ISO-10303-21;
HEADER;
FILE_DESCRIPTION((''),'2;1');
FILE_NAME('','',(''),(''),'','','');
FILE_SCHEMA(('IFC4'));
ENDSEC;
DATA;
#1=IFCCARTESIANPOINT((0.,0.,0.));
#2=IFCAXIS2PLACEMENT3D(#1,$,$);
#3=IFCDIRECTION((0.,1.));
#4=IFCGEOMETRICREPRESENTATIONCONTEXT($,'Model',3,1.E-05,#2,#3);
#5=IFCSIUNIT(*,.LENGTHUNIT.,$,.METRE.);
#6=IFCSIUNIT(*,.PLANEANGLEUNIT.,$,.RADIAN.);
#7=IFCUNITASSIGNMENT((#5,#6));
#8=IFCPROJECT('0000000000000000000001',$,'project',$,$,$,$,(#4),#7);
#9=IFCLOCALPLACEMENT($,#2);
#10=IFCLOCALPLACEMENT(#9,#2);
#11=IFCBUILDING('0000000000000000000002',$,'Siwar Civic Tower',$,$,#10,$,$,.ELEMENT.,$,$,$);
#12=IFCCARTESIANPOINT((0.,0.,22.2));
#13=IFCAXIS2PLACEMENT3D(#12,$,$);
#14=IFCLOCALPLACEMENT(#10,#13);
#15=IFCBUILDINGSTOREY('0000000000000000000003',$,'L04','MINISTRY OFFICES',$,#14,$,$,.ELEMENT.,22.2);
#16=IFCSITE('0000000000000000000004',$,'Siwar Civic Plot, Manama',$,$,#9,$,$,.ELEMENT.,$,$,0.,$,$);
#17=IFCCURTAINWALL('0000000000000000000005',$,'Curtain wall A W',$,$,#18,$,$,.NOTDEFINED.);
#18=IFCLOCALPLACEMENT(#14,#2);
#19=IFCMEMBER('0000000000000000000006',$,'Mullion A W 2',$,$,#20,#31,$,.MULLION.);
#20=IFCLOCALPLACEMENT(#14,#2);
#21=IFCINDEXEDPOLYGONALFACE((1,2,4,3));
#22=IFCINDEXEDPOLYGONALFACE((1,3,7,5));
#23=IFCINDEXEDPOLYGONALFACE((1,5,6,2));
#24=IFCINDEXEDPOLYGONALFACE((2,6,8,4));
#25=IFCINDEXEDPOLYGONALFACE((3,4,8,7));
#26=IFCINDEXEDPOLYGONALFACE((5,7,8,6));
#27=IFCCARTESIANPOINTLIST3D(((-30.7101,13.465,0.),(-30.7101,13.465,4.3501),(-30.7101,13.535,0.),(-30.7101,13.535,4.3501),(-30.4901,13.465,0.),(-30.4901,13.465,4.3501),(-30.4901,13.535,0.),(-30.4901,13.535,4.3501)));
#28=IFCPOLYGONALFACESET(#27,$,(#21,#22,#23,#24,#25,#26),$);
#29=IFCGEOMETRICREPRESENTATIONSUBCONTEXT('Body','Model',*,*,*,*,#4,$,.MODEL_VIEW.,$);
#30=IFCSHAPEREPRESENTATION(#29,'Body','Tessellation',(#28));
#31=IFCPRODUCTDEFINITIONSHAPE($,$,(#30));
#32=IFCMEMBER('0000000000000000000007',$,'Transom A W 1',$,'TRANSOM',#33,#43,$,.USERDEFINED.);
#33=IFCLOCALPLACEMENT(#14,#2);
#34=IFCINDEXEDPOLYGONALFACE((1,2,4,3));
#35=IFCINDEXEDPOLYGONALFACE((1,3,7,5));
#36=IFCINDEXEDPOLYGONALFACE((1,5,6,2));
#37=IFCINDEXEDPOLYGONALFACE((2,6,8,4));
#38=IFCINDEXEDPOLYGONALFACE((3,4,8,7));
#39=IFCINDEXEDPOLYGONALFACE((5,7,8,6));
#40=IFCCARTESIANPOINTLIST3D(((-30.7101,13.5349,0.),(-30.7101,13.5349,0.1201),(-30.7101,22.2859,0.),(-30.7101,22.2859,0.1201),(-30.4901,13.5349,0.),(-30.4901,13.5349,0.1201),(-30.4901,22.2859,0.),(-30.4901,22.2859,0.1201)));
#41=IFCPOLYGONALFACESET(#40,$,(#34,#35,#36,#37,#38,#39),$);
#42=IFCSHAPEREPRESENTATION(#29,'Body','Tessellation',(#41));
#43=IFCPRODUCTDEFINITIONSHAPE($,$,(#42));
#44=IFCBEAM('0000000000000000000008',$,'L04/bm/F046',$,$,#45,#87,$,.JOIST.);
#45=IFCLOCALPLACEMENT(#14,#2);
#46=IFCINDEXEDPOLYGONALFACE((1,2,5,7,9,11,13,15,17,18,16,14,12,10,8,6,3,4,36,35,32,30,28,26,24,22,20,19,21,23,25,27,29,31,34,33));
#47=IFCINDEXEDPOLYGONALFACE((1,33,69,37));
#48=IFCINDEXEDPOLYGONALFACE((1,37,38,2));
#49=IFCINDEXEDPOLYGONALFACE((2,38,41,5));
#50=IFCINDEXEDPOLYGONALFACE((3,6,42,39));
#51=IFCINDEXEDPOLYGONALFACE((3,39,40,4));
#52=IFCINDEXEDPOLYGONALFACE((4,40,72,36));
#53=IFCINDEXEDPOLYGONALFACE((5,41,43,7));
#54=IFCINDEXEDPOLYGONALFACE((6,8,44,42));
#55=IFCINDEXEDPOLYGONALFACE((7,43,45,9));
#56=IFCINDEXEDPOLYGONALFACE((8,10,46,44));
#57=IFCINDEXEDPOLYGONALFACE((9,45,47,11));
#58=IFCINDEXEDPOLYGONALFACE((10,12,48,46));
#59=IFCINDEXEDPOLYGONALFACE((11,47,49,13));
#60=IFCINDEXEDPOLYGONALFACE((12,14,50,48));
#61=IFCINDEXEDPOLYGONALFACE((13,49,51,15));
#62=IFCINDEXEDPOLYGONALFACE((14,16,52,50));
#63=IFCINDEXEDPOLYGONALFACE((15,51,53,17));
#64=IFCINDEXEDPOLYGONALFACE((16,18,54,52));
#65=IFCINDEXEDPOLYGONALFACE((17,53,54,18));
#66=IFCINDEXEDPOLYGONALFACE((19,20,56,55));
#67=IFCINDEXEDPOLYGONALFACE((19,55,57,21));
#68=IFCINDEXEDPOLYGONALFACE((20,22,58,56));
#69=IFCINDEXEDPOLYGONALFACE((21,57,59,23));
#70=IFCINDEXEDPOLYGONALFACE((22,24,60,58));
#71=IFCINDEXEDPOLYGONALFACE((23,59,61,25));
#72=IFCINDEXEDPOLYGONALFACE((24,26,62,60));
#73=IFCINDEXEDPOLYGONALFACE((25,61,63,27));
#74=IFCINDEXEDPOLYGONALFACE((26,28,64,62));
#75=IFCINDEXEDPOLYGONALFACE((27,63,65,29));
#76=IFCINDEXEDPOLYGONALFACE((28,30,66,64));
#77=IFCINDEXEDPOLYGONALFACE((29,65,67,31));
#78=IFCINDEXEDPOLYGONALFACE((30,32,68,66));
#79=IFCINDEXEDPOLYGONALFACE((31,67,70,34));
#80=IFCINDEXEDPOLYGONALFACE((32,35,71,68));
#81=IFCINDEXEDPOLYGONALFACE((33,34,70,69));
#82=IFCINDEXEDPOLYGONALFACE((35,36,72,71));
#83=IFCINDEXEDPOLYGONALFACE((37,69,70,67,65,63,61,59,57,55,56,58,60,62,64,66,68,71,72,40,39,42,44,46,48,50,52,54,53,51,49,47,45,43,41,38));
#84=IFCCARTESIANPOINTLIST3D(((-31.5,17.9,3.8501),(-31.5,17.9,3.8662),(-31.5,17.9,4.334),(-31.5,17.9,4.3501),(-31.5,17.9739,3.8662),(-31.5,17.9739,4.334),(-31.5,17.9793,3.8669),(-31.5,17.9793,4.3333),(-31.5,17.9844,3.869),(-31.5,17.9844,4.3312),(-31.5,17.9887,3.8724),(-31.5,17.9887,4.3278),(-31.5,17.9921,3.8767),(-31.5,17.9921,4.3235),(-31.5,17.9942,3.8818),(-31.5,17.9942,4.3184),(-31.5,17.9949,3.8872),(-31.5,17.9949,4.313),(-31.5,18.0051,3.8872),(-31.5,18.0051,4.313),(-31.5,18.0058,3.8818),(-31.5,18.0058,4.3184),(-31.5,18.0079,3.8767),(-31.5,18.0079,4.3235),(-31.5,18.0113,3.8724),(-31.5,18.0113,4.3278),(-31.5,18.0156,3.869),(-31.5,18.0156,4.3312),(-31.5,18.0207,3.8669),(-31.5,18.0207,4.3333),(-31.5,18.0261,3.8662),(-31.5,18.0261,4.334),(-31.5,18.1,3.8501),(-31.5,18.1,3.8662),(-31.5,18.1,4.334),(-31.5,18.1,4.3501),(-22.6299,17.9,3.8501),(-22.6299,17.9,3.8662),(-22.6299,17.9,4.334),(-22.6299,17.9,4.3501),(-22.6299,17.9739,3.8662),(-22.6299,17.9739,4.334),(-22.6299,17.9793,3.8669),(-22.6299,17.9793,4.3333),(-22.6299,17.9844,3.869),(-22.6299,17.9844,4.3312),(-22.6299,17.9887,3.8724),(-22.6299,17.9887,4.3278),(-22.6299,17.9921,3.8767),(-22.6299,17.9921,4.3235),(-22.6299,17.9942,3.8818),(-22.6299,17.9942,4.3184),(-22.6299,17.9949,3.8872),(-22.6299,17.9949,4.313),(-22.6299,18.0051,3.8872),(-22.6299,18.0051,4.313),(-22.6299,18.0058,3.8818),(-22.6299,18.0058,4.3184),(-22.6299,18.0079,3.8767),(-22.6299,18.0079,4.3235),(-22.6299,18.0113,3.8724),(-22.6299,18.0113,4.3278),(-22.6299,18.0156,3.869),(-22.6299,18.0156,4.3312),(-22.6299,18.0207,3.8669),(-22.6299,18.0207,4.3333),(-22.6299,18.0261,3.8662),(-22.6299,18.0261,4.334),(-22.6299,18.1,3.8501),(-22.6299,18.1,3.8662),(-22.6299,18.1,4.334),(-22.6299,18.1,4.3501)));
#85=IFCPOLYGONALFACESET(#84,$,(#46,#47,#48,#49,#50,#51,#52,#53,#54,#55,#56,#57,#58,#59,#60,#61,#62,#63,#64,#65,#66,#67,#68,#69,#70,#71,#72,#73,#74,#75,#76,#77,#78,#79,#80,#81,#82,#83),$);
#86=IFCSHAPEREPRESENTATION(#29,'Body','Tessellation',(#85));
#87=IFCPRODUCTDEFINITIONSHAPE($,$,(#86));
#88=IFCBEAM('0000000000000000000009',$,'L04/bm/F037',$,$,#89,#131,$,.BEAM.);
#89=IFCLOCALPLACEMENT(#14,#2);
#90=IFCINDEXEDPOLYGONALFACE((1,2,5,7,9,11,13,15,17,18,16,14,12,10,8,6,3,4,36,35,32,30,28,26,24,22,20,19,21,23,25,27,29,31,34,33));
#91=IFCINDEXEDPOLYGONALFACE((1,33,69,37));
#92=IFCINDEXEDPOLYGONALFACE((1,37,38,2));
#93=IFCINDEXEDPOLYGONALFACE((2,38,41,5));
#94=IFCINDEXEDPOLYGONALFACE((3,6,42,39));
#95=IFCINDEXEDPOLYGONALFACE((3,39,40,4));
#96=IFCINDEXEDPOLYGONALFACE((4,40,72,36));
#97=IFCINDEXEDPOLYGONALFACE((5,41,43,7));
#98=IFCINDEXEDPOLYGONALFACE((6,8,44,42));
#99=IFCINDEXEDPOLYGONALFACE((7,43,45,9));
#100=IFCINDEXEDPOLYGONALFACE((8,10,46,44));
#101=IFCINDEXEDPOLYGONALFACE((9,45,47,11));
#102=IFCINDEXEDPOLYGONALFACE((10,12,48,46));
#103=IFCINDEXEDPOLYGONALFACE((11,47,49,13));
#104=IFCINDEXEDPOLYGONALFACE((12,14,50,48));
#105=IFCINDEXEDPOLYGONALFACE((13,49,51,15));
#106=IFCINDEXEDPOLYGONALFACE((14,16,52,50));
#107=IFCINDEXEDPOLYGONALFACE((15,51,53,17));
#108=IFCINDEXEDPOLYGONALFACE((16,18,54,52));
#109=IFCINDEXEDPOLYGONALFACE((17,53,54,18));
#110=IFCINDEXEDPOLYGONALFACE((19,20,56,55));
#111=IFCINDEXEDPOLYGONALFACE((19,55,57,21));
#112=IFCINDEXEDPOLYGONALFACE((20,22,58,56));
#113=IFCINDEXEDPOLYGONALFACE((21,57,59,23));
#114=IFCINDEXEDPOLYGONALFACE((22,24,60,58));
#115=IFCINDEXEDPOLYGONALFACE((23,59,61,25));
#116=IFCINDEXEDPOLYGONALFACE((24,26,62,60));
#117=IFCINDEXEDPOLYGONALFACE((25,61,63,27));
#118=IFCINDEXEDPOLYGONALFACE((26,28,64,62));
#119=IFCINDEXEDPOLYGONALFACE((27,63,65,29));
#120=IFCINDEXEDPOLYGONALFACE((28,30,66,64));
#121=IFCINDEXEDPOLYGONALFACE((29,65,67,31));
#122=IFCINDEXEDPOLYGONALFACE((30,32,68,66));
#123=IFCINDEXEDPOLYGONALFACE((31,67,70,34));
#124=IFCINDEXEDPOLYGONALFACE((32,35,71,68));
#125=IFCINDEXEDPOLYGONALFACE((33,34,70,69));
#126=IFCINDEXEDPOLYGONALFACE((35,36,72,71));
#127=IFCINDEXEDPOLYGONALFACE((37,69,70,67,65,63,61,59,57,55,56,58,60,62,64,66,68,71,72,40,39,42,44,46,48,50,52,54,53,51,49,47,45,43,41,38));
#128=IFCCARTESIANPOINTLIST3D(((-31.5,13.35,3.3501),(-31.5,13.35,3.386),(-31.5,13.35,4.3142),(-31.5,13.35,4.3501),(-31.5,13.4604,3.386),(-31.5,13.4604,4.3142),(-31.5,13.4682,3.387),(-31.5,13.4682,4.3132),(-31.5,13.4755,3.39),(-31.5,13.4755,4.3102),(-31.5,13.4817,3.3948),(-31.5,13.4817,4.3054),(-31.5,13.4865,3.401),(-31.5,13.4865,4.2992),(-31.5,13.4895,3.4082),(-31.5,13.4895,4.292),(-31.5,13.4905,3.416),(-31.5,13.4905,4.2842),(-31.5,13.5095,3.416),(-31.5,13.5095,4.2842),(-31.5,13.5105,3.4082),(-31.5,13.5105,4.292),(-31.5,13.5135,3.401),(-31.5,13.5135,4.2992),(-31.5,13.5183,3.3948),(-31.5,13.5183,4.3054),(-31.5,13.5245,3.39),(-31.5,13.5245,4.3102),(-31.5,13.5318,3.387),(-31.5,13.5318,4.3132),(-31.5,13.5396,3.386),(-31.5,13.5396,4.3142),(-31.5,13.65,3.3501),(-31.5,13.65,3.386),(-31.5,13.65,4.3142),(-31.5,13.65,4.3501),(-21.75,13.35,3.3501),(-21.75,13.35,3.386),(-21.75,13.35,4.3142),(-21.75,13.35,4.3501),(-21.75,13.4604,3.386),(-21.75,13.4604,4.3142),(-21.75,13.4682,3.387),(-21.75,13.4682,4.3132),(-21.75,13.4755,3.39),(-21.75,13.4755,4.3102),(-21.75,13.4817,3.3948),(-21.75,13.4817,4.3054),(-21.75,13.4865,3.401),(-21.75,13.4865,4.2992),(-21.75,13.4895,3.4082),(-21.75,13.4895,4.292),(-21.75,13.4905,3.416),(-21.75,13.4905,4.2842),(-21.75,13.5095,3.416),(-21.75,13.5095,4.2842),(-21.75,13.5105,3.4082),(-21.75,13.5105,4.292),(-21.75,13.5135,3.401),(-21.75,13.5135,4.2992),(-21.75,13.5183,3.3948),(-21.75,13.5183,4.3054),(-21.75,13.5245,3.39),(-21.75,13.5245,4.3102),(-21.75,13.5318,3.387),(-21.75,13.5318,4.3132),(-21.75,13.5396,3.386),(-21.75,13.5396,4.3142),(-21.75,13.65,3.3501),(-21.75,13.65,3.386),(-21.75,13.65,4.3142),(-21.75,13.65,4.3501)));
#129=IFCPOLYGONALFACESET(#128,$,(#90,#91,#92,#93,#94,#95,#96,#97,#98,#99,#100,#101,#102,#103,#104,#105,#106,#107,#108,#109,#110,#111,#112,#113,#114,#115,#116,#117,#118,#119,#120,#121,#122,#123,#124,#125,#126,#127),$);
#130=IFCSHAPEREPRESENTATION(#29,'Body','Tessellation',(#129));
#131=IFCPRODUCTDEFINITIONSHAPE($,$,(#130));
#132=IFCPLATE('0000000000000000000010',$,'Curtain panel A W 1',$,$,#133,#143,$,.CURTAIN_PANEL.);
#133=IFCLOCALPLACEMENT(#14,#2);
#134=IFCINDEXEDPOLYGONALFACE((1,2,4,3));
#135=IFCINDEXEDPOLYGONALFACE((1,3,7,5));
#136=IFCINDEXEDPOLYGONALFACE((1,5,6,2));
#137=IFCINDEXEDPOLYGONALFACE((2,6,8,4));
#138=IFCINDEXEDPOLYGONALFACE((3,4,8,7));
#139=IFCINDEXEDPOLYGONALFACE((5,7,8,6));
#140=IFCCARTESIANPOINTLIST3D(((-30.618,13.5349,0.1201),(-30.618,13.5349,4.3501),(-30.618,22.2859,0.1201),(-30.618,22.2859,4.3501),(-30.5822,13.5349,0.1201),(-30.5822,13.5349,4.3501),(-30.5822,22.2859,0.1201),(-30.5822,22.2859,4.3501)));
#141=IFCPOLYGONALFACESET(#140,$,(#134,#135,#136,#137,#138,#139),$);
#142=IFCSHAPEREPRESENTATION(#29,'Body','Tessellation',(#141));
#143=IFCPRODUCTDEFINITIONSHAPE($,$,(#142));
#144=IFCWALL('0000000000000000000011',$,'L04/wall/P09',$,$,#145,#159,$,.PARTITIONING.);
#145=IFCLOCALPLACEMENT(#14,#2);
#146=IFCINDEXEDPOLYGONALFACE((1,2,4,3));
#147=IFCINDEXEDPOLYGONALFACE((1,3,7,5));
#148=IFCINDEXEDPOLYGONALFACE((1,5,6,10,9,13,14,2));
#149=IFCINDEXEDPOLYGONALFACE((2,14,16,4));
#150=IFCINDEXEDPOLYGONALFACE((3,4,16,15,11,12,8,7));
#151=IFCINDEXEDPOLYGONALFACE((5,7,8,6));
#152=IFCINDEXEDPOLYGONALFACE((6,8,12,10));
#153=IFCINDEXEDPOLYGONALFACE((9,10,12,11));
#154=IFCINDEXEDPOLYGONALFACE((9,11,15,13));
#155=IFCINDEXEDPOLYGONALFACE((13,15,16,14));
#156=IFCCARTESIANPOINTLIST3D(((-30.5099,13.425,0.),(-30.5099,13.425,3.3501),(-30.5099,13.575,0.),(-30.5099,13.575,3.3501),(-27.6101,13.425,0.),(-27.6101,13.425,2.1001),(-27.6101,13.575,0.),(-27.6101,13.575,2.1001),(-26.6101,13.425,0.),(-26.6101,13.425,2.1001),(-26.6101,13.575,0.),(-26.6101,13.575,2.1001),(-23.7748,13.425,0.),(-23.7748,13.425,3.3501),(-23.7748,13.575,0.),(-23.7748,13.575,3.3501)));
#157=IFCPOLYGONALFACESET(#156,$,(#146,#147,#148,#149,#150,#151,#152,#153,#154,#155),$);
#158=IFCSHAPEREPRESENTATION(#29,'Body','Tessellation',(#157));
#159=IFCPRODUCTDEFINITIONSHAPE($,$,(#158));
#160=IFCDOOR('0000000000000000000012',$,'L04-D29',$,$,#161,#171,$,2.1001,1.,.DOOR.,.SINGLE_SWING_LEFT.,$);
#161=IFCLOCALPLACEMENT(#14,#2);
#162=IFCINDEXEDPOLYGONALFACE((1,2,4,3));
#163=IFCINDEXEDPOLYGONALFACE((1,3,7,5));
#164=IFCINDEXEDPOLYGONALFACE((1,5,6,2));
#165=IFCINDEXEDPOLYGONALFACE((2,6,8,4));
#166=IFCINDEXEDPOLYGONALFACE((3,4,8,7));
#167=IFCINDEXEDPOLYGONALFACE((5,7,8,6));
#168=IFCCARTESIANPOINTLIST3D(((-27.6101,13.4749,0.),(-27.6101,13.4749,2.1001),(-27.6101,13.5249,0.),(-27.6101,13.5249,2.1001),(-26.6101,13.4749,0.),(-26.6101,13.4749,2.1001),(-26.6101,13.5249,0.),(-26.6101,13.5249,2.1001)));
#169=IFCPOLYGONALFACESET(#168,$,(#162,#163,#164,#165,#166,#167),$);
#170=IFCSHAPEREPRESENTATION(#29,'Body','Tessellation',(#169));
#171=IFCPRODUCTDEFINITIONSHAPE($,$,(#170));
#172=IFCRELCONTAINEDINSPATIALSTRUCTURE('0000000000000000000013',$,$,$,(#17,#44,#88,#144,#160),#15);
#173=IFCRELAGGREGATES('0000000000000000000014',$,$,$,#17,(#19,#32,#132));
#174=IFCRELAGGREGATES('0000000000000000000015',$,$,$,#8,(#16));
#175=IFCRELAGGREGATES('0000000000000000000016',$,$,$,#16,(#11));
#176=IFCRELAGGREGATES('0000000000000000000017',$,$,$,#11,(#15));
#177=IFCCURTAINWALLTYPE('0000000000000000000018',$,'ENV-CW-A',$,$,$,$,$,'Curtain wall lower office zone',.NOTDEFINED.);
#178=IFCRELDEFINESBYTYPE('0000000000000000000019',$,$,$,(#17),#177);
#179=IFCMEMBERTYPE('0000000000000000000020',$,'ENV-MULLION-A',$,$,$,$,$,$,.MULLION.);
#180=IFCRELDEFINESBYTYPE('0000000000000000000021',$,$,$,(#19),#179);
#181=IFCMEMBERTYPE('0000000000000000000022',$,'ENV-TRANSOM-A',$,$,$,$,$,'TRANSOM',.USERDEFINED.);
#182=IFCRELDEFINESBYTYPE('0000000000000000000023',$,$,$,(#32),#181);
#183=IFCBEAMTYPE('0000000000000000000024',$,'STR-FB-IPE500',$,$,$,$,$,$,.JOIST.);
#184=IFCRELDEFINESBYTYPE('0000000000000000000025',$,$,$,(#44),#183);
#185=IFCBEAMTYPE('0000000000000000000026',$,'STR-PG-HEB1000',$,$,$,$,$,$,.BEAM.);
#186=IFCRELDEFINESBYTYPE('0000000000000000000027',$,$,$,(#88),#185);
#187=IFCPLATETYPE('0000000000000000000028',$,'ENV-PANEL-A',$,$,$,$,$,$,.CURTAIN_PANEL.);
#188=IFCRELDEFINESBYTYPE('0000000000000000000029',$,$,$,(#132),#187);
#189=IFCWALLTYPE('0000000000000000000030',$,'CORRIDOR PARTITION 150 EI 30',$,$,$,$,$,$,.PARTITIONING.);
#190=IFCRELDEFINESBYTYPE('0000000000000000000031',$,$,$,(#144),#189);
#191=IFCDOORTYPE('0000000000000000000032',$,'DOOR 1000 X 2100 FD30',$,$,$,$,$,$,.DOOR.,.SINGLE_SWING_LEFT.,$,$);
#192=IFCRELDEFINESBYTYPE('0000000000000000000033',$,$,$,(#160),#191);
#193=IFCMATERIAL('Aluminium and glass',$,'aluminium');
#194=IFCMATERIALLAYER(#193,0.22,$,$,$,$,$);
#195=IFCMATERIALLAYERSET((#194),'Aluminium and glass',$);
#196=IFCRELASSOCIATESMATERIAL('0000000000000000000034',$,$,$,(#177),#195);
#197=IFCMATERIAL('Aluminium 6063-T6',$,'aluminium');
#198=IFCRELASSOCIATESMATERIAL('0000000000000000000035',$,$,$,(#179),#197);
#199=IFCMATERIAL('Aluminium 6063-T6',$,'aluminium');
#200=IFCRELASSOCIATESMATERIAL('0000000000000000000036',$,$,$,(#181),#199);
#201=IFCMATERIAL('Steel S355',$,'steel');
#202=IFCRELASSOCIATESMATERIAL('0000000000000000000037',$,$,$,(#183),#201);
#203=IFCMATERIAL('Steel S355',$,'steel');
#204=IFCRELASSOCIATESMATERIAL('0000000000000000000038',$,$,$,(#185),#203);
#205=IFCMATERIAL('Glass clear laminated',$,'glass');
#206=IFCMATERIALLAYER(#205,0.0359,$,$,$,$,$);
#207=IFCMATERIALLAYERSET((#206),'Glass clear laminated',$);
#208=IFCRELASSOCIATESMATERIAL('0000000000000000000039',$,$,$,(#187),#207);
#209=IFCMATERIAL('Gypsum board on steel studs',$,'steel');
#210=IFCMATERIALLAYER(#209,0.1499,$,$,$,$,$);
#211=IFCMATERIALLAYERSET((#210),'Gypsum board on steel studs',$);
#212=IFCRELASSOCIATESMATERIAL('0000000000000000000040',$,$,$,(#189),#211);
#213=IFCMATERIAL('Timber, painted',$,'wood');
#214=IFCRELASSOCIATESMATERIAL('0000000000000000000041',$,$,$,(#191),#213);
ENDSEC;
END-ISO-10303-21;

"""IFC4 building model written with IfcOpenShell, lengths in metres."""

from ifc_helpers import new_model, si_unit, direction, frame, frame_2d, origin, origin_2d, place, context, subcontext, project, spatial, rectangle, i_section, extrude, material, layer, layer_set, material_profile, profile_set, type_object, element, fill, aggregate, save


model = new_model("IFC4")

# Units and contexts
model_context = context("Model", 3, precision=1e-05, world=origin(), true_north=direction((0.0, 1.0)))
body_context = subcontext(model_context, "Body", "Model", "MODEL_VIEW")
ifc_project = project(units=[si_unit("LENGTHUNIT", "METRE"), si_unit("PLANEANGLEUNIT", "RADIAN")], contexts=[model_context])

# Site, building, storey
site_placement = place(None, origin())
site = spatial("IfcSite", under=ifc_project, at=site_placement, Name="Siwar Civic Plot, Manama", CompositionType="ELEMENT", RefElevation=0.0)
building_placement = place(site_placement, origin())
building = spatial("IfcBuilding", under=site, at=building_placement, Name="Siwar Civic Tower", CompositionType="ELEMENT")
storey_placement = place(building_placement, frame((0.0, 0.0, 22.2)))
storey = spatial("IfcBuildingStorey", under=building, at=storey_placement, Name="L04", Description="MINISTRY OFFICES", CompositionType="ELEMENT", Elevation=22.2)

# Curtain wall, members
ifc_material_1 = material(Name="Aluminium and glass", Category="aluminium")
ifc_layer_1 = layer(ifc_material_1, 0.22)
ifc_layer_set_1 = layer_set([ifc_layer_1], Name="Aluminium and glass")
curtain_wall_type = type_object("IfcCurtainWallType", Name="ENV-CW-A", ElementType="Curtain wall lower office zone", PredefinedType="NOTDEFINED", material=ifc_layer_set_1)
curtain_wall_placement = place(storey_placement, origin())
curtain_wall = element("IfcCurtainWall", 1, at=curtain_wall_placement, inside=storey, type_object=curtain_wall_type, Name="Curtain wall A W", PredefinedType="NOTDEFINED")
ifc_material_2 = material(Name="Aluminium 6063-T6", Category="aluminium")
ifc_material_profile_1 = material_profile(ifc_material_2, rectangle(XDim=0.22, YDim=0.0701, at=origin_2d()), Name="AL 220x70")
ifc_profile_set_1 = profile_set([ifc_material_profile_1], Name="Aluminium 6063-T6")
member_type_1 = type_object("IfcMemberType", Name="ENV-MULLION-A", PredefinedType="MULLION", material=ifc_profile_set_1)
member_1_placement = place(storey_placement, frame((-30.6001, 13.5, 0.0), z_axis=(0.0, 0.0, 1.0), x_axis=(1.0, 0.0, 0.0)))
member_1 = element("IfcMember", 2, at=member_1_placement, type_object=member_type_1, Name="Mullion A W 2", PredefinedType="MULLION", context=body_context, shape_type="SweptSolid", body=[
    extrude(rectangle(XDim=0.22, YDim=0.0701, at=origin_2d()), origin(), (0.0, 0.0, 1.0), 4.3501),
])
ifc_material_3 = material(Name="Aluminium 6063-T6", Category="aluminium")
ifc_material_profile_2 = material_profile(ifc_material_3, rectangle(XDim=0.22, YDim=0.1201, at=origin_2d()), Name="AL 220x120")
ifc_profile_set_2 = profile_set([ifc_material_profile_2], Name="Aluminium 6063-T6")
member_type_2 = type_object("IfcMemberType", Name="ENV-TRANSOM-A", ElementType="TRANSOM", PredefinedType="USERDEFINED", material=ifc_profile_set_2)
member_2_placement = place(storey_placement, frame((-30.6001, 22.2859, 0.0601), z_axis=(0.0, -1.0, 0.0), x_axis=(1.0, 0.0, 0.0)))
member_2 = element("IfcMember", 3, at=member_2_placement, type_object=member_type_2, Name="Transom A W 1", ObjectType="TRANSOM", PredefinedType="USERDEFINED", context=body_context, shape_type="SweptSolid", body=[
    extrude(rectangle(XDim=0.22, YDim=0.1201, at=origin_2d()), origin(), (0.0, 0.0, 1.0), 8.751),
])

# Beams
ifc_material_4 = material(Name="Steel S355", Category="steel")
ifc_material_profile_3 = material_profile(ifc_material_4, i_section(OverallWidth=0.2, OverallDepth=0.5, WebThickness=0.0103, FlangeThickness=0.0161, FilletRadius=0.021, at=origin_2d()), Name="IPE500")
ifc_profile_set_3 = profile_set([ifc_material_profile_3], Name="Steel S355")
beam_type_1 = type_object("IfcBeamType", Name="STR-FB-IPE500", PredefinedType="JOIST", material=ifc_profile_set_3)
beam_1_placement = place(storey_placement, frame((-31.5, 18.0, 4.1001), z_axis=(1.0, 0.0, 0.0), x_axis=(0.0, 1.0, 0.0)))
element("IfcBeam", 4, at=beam_1_placement, inside=storey, type_object=beam_type_1, Name="L04/bm/F046", PredefinedType="JOIST", context=body_context, shape_type="SweptSolid", body=[
    extrude(i_section(OverallWidth=0.2, OverallDepth=0.5, WebThickness=0.0103, FlangeThickness=0.0161, FilletRadius=0.021, at=origin_2d()), origin(), (0.0, 0.0, 1.0), 8.8701),
])
ifc_material_5 = material(Name="Steel S355", Category="steel")
ifc_material_profile_4 = material_profile(ifc_material_5, i_section(OverallWidth=0.3, OverallDepth=1.0, WebThickness=0.019, FlangeThickness=0.0359, FilletRadius=0.03, at=origin_2d()), Name="HEB1000")
ifc_profile_set_4 = profile_set([ifc_material_profile_4], Name="Steel S355")
beam_type_2 = type_object("IfcBeamType", Name="STR-PG-HEB1000", PredefinedType="BEAM", material=ifc_profile_set_4)
beam_2_placement = place(storey_placement, frame((-31.5, 13.5, 3.8501), z_axis=(1.0, 0.0, 0.0), x_axis=(0.0, 1.0, 0.0)))
element("IfcBeam", 5, at=beam_2_placement, inside=storey, type_object=beam_type_2, Name="L04/bm/F037", PredefinedType="BEAM", context=body_context, shape_type="SweptSolid", body=[
    extrude(i_section(OverallWidth=0.3, OverallDepth=1.0, WebThickness=0.019, FlangeThickness=0.0359, FilletRadius=0.03, at=origin_2d()), origin(), (0.0, 0.0, 1.0), 9.75),
])

# Plate
ifc_material_6 = material(Name="Glass clear laminated", Category="glass")
ifc_layer_2 = layer(ifc_material_6, 0.0359)
ifc_layer_set_2 = layer_set([ifc_layer_2], Name="Glass clear laminated")
plate_type = type_object("IfcPlateType", Name="ENV-PANEL-A", PredefinedType="CURTAIN_PANEL", material=ifc_layer_set_2)
plate_placement = place(storey_placement, frame((-30.6001, 17.9104, 0.1201), z_axis=(0.0, 0.0, 1.0), x_axis=(0.0, -1.0, 0.0)))
plate = element("IfcPlate", 6, at=plate_placement, type_object=plate_type, Name="Curtain panel A W 1", PredefinedType="CURTAIN_PANEL", context=body_context, shape_type="SweptSolid", body=[
    extrude(rectangle(XDim=8.751, YDim=0.0359, at=origin_2d()), origin(), (0.0, 0.0, 1.0), 4.23),
])
aggregate(curtain_wall, [member_1, member_2, plate])

# Wall, opening, door
ifc_material_7 = material(Name="Gypsum board on steel studs", Category="steel")
ifc_layer_3 = layer(ifc_material_7, 0.1499)
ifc_layer_set_3 = layer_set([ifc_layer_3], Name="Gypsum board on steel studs")
wall_type = type_object("IfcWallType", Name="CORRIDOR PARTITION 150 EI 30", PredefinedType="PARTITIONING", material=ifc_layer_set_3)
wall_placement = place(storey_placement, frame((-30.51, 13.5, 0.0), z_axis=(0.0, 0.0, 1.0), x_axis=(1.0, 0.0, 0.0)))
wall = element("IfcWall", 7, at=wall_placement, inside=storey, type_object=wall_type, Name="L04/wall/P09", PredefinedType="PARTITIONING", context=body_context, shape_type="SweptSolid", body=[
    extrude(rectangle(XDim=6.7351, YDim=0.1499, at=frame_2d((3.3677, 0.0))), origin(), (0.0, 0.0, 1.0), 3.3501),
])
opening_placement = place(wall_placement, frame((2.8999, 0.0, 0.0)))
opening = element("IfcOpeningElement", 8, at=opening_placement, cuts=wall, PredefinedType="OPENING", context=body_context, shape_type="SweptSolid", body=[
    extrude(rectangle(XDim=1.0, YDim=2.1001, at=frame_2d((0.5, 1.05))), frame((0.0, 0.085, 0.0), z_axis=(0.0, -1.0, 0.0), x_axis=(1.0, 0.0, 0.0)), (0.0, 0.0, 1.0), 0.1699),
])
ifc_material_8 = material(Name="Timber, painted", Category="wood")
door_type = type_object("IfcDoorType", Name="DOOR 1000 X 2100 FD30", OperationType="SINGLE_SWING_LEFT", PredefinedType="DOOR", material=ifc_material_8)
door_placement = place(opening_placement, origin())
door = element("IfcDoor", 9, at=door_placement, inside=storey, type_object=door_type, Name="L04-D29", OperationType="SINGLE_SWING_LEFT", OverallHeight=2.1001, OverallWidth=1.0, PredefinedType="DOOR", context=body_context, shape_type="SweptSolid", body=[
    extrude(rectangle(XDim=1.0, YDim=2.1001, at=frame_2d((0.5, 1.05))), frame((0.0, 0.0249, 0.0), z_axis=(0.0, -1.0, 0.0), x_axis=(1.0, 0.0, 0.0)), (0.0, 0.0, 1.0), 0.05),
])
fill(opening, door)

save(model, "model.ifc")
